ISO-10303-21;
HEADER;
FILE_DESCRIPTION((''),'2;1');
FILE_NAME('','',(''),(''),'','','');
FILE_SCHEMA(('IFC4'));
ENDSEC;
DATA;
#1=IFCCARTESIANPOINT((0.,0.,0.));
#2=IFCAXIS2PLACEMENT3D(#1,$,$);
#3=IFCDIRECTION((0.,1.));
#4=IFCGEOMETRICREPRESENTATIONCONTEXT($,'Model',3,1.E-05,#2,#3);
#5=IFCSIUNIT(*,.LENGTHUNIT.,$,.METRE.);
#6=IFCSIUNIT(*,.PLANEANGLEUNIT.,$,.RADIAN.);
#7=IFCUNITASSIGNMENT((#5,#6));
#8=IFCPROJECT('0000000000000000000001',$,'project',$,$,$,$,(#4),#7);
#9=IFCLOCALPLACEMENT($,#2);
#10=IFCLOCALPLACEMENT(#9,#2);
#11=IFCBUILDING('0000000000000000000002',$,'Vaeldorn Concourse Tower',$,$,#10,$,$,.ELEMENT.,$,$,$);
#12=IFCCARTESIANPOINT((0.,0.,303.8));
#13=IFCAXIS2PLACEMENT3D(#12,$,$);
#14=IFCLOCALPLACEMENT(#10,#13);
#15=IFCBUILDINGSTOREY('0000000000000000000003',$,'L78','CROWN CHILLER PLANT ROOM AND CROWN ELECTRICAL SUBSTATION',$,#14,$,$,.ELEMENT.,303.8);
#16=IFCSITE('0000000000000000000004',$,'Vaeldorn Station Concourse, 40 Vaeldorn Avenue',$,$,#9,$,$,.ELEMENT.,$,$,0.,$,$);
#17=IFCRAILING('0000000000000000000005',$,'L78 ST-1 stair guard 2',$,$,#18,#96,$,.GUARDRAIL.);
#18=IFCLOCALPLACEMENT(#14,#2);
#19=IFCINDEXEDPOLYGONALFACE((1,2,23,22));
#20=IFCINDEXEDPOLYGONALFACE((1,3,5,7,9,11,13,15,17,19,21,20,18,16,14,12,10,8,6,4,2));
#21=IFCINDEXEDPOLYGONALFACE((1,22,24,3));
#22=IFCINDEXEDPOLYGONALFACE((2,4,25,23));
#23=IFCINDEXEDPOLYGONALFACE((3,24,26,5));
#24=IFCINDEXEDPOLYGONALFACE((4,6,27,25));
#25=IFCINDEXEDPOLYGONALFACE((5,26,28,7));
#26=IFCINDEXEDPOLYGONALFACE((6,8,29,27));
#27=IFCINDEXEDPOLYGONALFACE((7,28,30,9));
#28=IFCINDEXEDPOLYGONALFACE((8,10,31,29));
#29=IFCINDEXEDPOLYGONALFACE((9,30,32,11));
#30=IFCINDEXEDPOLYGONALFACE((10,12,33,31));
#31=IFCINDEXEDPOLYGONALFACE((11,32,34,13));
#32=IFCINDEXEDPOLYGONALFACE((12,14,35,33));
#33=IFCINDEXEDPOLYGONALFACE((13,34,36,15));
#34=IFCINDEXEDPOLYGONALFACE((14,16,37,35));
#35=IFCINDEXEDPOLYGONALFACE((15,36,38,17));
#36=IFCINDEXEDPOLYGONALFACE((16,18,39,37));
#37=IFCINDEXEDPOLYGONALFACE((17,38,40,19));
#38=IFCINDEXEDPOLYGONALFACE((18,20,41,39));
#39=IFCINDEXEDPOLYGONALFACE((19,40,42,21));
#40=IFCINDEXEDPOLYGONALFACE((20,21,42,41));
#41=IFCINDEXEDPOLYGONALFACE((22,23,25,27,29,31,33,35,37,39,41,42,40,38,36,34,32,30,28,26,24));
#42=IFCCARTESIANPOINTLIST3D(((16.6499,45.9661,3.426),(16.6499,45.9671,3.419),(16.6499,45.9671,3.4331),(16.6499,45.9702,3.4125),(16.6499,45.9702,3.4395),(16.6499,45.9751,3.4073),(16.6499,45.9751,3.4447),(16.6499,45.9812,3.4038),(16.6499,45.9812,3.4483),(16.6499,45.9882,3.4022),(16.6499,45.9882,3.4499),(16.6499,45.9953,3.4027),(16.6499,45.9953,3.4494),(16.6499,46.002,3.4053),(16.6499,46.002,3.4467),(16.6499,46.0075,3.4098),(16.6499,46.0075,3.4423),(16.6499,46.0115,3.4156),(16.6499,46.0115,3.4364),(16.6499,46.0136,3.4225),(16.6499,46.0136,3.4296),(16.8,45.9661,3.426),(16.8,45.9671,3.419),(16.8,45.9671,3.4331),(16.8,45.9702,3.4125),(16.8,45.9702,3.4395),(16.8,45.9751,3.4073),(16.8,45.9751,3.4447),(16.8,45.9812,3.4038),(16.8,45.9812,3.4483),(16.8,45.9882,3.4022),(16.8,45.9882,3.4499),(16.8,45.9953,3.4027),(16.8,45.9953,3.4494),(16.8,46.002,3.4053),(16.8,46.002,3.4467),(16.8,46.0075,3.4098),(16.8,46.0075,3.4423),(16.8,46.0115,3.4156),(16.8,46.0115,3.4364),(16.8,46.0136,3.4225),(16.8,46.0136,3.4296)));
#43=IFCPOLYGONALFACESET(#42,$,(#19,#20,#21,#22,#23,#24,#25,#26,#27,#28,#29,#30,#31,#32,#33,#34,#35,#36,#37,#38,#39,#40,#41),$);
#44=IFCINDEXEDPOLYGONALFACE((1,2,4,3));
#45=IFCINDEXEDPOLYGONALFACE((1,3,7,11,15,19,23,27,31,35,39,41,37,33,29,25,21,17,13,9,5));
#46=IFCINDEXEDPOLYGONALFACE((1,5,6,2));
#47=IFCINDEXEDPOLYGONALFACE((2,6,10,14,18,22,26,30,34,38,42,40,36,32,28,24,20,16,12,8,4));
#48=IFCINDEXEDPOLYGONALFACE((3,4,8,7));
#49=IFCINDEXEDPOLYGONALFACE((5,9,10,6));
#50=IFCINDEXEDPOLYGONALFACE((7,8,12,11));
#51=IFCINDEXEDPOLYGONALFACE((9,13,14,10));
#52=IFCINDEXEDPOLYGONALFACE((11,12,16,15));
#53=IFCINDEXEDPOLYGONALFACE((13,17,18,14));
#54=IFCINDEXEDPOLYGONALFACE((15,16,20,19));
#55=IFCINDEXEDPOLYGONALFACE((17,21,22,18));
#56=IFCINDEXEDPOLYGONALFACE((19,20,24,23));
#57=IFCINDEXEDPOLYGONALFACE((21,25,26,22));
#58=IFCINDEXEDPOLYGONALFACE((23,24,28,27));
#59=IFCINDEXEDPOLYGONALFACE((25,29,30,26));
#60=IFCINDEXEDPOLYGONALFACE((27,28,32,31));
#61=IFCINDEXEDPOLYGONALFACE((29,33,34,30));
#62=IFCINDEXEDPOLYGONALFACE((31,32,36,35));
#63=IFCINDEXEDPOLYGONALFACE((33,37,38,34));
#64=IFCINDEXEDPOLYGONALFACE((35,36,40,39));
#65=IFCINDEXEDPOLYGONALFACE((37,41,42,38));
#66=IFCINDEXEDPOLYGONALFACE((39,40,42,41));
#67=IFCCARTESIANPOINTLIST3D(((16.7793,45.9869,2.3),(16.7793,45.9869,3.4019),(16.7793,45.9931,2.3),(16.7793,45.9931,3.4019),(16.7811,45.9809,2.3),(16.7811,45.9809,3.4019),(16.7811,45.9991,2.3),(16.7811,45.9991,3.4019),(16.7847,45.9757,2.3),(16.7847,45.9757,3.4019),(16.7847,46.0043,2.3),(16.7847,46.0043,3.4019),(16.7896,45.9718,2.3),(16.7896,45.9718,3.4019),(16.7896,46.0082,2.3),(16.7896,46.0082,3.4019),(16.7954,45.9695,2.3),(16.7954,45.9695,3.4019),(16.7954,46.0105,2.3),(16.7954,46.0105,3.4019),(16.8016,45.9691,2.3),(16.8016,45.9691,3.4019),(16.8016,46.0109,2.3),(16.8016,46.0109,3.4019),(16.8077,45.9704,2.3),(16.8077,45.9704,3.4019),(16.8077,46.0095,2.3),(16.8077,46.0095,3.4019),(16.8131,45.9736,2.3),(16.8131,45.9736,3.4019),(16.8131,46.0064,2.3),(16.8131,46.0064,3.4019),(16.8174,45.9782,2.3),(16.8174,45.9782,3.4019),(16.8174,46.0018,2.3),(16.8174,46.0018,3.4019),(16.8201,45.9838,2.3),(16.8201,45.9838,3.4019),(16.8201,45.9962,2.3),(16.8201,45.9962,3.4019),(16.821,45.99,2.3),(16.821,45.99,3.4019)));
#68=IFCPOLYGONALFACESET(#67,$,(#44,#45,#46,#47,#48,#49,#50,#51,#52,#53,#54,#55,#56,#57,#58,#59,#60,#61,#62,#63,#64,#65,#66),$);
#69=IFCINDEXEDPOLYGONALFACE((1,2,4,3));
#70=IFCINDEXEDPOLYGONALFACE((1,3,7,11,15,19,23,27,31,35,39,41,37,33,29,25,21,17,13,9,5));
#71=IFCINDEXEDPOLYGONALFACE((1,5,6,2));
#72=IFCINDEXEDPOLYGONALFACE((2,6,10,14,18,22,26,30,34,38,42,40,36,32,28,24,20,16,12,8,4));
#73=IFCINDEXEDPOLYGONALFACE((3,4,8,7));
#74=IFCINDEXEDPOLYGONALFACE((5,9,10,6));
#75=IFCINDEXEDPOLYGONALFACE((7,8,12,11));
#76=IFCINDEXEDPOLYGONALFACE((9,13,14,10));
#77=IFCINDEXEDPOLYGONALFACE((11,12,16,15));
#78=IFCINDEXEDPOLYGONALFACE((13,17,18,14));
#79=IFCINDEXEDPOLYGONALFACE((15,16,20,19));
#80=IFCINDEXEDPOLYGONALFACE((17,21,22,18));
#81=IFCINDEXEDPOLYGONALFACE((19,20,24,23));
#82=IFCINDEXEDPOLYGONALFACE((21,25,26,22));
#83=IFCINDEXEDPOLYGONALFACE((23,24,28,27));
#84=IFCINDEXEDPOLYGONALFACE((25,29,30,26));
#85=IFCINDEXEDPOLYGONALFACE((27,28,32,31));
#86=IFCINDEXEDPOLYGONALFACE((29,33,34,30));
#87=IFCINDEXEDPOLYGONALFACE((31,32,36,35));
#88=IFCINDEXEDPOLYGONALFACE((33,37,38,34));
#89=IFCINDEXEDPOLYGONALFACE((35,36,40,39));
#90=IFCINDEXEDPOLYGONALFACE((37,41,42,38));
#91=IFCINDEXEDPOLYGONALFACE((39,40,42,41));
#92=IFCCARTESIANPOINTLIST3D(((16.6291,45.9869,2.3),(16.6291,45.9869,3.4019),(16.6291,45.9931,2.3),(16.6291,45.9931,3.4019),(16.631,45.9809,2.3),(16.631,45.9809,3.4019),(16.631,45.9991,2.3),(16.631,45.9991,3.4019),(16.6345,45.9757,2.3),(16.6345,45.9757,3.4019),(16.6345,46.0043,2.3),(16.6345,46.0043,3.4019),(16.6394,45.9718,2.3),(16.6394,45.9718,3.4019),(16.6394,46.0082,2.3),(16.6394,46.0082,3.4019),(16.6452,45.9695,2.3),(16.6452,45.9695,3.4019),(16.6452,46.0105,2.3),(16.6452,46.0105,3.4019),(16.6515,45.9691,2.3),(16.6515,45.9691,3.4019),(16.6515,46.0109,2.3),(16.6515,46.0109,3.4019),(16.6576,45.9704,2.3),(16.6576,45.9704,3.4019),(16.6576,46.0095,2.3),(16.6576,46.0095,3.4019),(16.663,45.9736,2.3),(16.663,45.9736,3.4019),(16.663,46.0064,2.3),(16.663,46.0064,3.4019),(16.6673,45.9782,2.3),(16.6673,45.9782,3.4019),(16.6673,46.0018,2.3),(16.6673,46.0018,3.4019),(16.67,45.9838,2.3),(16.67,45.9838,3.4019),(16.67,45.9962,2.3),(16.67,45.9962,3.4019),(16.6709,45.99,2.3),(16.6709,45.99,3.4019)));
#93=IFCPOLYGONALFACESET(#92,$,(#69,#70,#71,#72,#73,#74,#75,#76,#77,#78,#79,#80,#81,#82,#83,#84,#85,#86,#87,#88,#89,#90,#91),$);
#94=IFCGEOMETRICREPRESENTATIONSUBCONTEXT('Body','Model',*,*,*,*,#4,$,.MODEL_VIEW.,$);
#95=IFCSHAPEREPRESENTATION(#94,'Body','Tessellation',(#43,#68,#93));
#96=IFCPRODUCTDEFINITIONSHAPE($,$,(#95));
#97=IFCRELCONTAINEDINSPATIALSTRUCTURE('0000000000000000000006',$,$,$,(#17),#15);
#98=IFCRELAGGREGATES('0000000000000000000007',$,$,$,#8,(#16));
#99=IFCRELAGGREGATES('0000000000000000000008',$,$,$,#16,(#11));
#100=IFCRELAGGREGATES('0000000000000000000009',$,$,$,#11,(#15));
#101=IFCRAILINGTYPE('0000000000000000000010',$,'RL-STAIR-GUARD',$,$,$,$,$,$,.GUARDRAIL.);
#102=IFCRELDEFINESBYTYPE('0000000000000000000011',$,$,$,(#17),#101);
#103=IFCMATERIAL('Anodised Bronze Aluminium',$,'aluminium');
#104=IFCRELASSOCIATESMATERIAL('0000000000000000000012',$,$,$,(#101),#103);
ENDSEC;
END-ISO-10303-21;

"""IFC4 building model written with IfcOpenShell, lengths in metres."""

from ifc_helpers import new_model, si_unit, direction, frame, origin, origin_2d, place, context, subcontext, project, spatial, circle, extrude, material, type_object, element, save


model = new_model("IFC4")

# Units and contexts
model_context = context("Model", 3, precision=1e-05, world=origin(), true_north=direction((0.0, 1.0)))
body_context = subcontext(model_context, "Body", "Model", "MODEL_VIEW")
ifc_project = project(units=[si_unit("LENGTHUNIT", "METRE"), si_unit("PLANEANGLEUNIT", "RADIAN")], contexts=[model_context])

# Site, building, storey
site_placement = place(None, origin())
site = spatial("IfcSite", under=ifc_project, at=site_placement, Name="Vaeldorn Station Concourse, 40 Vaeldorn Avenue", CompositionType="ELEMENT", RefElevation=0.0)
building_placement = place(site_placement, origin())
building = spatial("IfcBuilding", under=site, at=building_placement, Name="Vaeldorn Concourse Tower", CompositionType="ELEMENT")
storey_placement = place(building_placement, frame((0.0, 0.0, 303.8)))
storey = spatial("IfcBuildingStorey", under=building, at=storey_placement, Name="L78", Description="CROWN CHILLER PLANT ROOM AND CROWN ELECTRICAL SUBSTATION", CompositionType="ELEMENT", Elevation=303.8)

# Shared definitions
ifc_material_1 = material(Name="Anodised Bronze Aluminium", Category="aluminium")

# Railing
railing_type_1 = type_object("IfcRailingType", Name="RL-STAIR-GUARD", PredefinedType="GUARDRAIL", material=ifc_material_1)
railing_1_placement = place(storey_placement, frame((16.8, 45.99, 2.3)))
element("IfcRailing", 1, at=railing_1_placement, inside=storey, type_object=railing_type_1, Name="L78 ST-1 stair guard 2", PredefinedType="GUARDRAIL", context=body_context, shape_type="SweptSolid", body=[
    extrude(circle(Radius=0.0239, at=origin_2d()), frame((0.0, 0.0, 1.126), z_axis=(-1.0, 0.0, 0.0), x_axis=(0.0, -1.0, 0.0)), (0.0, 0.0, 1.0), 0.1501),
    extrude(circle(Radius=0.021, at=origin_2d()), origin(), (0.0, 0.0, 1.0), 1.1018),
    extrude(circle(Radius=0.021, at=origin_2d()), frame((-0.1501, 0.0, 0.0)), (0.0, 0.0, 1.0), 1.1018),
])

save(model, "model.ifc")
